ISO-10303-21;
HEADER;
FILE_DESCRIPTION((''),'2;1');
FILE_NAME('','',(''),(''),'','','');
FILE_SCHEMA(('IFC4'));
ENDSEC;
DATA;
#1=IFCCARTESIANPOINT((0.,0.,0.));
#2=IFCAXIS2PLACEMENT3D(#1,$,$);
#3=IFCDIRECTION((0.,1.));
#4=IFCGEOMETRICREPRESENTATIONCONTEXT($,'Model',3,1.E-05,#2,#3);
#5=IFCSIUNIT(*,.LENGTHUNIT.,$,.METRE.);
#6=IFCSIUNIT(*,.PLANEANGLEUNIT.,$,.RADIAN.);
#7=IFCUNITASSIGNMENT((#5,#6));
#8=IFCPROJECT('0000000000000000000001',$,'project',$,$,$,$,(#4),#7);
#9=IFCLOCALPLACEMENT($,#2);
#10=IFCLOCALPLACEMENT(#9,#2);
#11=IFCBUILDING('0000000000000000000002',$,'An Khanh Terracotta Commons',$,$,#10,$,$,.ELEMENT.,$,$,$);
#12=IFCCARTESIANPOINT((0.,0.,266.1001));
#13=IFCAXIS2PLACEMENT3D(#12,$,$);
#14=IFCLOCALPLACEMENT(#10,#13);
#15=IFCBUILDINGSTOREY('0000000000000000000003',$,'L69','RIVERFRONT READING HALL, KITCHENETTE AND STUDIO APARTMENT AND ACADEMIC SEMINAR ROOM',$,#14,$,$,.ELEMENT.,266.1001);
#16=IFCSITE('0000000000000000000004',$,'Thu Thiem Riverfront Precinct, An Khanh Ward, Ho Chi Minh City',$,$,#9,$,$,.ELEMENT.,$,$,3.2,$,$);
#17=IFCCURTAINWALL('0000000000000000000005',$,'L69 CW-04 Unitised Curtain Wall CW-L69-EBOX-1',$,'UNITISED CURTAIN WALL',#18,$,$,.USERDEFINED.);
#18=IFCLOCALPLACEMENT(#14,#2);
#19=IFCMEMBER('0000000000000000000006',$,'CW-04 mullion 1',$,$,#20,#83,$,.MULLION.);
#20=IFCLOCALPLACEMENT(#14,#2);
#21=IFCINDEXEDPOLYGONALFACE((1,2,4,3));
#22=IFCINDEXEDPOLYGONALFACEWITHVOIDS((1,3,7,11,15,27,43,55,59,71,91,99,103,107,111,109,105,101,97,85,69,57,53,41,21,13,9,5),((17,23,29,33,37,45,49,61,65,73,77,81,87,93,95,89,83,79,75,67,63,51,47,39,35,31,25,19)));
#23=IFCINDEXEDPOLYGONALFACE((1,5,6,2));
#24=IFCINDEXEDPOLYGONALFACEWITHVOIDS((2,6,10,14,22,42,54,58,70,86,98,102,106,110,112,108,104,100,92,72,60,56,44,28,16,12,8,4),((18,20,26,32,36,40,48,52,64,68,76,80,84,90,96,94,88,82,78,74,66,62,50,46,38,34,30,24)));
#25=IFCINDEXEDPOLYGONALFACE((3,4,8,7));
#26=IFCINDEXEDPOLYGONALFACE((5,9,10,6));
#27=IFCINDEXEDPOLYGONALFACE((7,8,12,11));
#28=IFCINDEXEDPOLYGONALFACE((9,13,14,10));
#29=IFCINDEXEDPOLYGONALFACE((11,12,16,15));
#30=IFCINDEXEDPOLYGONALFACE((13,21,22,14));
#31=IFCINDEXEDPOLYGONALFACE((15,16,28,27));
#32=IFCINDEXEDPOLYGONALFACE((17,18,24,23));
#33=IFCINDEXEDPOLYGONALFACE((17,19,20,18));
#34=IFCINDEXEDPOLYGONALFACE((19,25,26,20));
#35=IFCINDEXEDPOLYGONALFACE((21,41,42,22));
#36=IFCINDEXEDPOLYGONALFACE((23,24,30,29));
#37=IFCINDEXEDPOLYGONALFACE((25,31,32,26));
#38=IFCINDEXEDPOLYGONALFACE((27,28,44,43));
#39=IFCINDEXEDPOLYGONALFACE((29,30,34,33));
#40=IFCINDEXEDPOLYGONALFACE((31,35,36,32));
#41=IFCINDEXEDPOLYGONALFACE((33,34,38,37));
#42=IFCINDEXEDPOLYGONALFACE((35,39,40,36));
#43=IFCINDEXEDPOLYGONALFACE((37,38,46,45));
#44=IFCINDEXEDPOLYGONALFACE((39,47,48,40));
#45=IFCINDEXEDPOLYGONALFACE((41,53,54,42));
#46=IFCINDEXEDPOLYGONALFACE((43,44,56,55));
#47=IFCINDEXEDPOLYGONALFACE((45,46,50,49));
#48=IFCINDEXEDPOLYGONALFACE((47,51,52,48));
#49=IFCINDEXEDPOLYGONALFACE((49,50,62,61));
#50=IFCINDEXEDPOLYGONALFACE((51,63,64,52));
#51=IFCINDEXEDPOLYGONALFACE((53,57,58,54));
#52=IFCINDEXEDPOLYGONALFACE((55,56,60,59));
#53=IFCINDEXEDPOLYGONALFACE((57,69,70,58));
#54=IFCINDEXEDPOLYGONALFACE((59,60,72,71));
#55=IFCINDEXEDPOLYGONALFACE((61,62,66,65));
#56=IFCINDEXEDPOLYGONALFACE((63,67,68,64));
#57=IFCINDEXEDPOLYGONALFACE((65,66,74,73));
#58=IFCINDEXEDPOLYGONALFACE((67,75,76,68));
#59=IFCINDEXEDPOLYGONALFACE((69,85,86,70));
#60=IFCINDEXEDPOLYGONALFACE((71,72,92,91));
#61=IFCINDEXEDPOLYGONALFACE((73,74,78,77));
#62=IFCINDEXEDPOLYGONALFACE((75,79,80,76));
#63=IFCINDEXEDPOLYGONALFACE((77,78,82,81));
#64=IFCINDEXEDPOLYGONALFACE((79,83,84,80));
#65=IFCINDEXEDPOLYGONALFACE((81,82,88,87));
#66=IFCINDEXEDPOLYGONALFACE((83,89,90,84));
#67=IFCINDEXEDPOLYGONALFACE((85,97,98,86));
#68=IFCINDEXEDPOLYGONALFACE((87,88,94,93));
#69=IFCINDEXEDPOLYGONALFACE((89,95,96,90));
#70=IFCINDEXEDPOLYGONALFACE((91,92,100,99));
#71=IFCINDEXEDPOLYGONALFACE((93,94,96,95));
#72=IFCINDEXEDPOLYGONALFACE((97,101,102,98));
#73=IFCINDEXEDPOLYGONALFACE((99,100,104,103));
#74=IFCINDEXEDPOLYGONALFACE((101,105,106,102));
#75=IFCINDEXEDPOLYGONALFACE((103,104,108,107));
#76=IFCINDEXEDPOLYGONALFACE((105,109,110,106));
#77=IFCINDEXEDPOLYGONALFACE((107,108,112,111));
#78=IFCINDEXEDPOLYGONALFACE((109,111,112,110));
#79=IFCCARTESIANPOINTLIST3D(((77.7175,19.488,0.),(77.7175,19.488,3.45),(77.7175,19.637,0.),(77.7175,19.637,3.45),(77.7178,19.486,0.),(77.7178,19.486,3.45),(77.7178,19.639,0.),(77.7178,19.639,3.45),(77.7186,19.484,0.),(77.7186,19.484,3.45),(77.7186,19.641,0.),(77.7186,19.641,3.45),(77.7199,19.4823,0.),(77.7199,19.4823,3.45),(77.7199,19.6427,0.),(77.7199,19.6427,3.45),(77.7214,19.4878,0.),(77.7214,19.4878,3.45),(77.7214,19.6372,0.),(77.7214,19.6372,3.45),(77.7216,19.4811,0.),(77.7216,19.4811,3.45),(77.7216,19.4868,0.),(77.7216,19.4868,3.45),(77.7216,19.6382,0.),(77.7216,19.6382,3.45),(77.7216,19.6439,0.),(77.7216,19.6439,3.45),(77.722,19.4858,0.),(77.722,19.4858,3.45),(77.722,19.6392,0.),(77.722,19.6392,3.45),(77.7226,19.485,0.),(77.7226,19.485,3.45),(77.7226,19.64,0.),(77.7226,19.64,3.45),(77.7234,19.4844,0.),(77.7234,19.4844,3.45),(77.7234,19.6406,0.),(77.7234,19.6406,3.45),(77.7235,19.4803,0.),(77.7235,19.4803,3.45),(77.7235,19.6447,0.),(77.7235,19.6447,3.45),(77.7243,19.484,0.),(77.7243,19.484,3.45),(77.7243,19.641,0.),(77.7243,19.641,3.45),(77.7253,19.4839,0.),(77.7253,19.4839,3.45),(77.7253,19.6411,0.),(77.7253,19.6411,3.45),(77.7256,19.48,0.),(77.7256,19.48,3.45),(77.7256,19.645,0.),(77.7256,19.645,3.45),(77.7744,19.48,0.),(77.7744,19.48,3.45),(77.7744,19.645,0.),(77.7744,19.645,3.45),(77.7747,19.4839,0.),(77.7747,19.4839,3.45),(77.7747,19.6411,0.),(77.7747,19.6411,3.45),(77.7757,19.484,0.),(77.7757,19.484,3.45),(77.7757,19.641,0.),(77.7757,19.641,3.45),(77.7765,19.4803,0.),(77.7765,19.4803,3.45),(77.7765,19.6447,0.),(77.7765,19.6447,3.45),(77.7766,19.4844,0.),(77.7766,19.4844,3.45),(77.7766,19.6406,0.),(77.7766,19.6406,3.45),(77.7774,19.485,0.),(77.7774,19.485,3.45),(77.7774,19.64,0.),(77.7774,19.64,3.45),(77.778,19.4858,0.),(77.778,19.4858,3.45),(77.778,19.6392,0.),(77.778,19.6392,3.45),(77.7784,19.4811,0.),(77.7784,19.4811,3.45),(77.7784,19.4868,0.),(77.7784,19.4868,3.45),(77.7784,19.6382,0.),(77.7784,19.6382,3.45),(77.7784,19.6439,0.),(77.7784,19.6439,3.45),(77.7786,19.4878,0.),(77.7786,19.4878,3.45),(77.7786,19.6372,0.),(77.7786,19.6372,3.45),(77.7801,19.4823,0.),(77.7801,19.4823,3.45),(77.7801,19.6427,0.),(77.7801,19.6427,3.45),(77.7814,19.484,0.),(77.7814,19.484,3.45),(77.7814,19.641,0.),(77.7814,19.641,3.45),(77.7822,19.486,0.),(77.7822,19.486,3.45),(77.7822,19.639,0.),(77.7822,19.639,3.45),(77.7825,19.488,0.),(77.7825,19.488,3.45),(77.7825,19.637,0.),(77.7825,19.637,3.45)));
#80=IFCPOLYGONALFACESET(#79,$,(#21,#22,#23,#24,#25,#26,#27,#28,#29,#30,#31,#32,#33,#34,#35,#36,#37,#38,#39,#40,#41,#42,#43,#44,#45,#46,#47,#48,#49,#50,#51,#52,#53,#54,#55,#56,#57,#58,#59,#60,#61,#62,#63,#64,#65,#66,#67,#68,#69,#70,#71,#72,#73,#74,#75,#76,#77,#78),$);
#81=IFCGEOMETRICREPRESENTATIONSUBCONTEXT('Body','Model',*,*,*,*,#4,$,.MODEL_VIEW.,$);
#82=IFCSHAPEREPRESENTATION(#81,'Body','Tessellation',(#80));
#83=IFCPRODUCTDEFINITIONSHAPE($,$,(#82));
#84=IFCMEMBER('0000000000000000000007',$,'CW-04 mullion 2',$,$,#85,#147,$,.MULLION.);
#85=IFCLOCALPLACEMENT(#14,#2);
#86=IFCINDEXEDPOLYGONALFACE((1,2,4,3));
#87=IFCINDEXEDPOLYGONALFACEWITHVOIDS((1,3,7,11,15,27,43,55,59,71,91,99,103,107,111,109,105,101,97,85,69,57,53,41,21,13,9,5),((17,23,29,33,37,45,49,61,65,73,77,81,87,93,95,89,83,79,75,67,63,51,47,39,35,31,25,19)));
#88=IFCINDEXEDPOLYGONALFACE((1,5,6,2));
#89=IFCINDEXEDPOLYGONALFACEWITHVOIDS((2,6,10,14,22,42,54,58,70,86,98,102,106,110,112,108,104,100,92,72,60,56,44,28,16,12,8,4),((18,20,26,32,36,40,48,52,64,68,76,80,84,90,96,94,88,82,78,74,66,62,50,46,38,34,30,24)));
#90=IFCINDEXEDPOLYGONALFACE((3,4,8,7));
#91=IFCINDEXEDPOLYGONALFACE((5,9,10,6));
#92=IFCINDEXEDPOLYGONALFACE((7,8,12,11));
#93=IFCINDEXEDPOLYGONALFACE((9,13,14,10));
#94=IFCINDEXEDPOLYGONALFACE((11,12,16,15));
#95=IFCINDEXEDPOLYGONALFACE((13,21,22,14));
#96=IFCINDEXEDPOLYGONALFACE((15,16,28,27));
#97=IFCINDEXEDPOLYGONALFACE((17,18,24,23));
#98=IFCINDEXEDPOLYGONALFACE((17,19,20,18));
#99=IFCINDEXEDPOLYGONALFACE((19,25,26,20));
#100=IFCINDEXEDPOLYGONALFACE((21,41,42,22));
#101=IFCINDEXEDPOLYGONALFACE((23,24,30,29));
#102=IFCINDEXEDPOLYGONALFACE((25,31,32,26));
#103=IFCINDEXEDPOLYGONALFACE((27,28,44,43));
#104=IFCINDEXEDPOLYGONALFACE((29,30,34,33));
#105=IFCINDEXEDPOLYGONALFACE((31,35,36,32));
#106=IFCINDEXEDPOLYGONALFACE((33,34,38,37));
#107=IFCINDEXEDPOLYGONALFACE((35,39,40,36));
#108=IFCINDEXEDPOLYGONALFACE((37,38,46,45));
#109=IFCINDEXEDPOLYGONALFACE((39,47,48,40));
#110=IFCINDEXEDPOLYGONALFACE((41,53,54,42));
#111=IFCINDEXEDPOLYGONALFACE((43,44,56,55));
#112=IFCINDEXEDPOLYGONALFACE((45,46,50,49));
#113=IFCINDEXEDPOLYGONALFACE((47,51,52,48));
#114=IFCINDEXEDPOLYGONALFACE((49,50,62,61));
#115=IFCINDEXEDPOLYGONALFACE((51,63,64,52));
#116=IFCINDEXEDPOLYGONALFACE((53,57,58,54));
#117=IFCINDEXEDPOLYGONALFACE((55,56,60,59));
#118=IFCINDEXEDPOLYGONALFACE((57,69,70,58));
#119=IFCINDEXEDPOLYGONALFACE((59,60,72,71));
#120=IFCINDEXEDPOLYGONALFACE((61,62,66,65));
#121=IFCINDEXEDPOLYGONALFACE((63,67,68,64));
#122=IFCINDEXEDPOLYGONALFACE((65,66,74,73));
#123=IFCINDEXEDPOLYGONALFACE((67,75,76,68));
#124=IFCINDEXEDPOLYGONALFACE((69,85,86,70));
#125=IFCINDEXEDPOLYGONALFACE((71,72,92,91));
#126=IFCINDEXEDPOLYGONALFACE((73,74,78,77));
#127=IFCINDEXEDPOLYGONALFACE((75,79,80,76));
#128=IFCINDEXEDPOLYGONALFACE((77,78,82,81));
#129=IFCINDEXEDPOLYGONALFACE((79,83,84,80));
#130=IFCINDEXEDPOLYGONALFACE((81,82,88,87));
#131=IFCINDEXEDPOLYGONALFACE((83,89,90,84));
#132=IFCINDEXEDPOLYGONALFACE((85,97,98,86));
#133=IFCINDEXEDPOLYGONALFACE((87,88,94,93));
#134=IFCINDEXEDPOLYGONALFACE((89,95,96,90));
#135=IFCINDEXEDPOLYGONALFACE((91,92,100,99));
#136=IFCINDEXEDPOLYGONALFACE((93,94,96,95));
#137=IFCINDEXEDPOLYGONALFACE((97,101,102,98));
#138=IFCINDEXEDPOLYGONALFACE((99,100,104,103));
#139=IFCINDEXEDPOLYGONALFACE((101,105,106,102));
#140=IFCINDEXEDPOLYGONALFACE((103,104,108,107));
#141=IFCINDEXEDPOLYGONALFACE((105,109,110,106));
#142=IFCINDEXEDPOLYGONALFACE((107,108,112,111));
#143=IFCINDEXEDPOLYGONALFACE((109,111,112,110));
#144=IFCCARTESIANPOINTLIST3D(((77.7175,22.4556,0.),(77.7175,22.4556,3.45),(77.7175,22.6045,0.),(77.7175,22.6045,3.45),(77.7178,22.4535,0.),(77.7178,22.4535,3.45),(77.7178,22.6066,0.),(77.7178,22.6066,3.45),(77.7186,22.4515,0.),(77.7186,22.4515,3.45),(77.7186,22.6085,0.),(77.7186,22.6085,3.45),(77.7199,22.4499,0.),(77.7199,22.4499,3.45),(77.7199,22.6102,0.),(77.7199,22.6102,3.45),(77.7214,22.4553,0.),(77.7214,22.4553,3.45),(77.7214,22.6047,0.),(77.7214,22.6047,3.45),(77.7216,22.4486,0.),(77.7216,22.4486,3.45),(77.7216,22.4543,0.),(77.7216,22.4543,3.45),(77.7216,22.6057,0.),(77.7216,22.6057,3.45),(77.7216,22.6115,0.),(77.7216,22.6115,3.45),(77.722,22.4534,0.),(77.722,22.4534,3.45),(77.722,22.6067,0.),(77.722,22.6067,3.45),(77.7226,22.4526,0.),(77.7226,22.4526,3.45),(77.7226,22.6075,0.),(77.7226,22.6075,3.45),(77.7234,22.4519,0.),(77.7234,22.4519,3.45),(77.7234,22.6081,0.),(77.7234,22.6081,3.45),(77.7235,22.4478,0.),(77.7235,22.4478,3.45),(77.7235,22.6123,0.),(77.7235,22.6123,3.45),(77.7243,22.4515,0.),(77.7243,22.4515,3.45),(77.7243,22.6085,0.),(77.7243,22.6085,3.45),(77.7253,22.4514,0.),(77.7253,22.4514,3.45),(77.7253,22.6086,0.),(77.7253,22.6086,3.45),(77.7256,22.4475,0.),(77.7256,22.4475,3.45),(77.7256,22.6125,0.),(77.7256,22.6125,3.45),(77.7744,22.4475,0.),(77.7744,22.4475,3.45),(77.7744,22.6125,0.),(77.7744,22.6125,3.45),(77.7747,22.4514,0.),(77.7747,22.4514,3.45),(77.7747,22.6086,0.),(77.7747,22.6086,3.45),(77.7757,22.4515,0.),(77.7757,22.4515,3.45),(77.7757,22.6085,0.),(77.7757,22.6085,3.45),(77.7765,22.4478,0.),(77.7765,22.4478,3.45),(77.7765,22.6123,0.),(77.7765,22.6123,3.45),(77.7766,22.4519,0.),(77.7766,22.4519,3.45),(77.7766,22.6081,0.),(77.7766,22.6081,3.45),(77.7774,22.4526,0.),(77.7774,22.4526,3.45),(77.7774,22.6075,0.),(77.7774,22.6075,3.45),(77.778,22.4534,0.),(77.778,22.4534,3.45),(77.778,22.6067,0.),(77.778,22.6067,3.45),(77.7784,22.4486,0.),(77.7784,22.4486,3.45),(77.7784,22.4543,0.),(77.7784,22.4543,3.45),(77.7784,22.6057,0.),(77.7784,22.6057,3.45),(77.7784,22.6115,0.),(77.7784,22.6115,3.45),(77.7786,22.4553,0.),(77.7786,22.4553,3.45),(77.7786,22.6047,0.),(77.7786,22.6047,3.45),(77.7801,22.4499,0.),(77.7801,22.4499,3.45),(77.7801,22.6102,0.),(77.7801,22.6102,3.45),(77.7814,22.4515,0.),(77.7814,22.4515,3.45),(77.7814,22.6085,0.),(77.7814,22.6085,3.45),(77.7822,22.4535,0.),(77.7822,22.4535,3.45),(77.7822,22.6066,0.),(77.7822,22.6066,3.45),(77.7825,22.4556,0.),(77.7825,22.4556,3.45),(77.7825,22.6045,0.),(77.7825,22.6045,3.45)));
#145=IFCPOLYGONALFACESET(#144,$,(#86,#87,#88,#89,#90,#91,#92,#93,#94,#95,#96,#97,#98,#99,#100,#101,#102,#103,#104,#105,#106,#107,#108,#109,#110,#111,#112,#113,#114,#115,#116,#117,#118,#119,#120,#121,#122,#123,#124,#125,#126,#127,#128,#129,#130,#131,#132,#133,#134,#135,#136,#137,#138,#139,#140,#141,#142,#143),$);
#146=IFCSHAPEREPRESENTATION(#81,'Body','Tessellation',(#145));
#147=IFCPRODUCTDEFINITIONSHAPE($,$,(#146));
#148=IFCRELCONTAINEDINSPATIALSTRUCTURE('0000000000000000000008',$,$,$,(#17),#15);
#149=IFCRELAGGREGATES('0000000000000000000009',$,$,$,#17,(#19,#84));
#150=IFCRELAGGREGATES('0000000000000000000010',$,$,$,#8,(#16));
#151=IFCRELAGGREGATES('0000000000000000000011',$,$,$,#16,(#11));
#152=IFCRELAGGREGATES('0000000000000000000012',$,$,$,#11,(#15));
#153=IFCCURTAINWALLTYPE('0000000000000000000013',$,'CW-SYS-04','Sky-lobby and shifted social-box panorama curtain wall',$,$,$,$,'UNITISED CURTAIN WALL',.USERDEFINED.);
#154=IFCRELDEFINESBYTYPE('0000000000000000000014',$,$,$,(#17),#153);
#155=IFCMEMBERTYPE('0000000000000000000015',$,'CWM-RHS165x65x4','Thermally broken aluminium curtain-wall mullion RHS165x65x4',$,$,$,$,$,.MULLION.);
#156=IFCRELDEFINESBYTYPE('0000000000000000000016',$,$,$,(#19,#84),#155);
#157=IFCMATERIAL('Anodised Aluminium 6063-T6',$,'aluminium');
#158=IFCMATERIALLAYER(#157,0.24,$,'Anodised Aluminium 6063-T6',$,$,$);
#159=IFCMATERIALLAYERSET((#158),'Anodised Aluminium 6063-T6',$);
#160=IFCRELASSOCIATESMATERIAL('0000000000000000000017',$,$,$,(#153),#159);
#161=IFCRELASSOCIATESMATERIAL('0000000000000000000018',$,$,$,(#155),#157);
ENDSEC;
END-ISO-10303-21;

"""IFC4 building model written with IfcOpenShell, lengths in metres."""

from ifc_helpers import new_model, si_unit, direction, frame, origin, origin_2d, place, context, subcontext, project, spatial, hollow_rectangle, extrude, material, layer, layer_set, material_profile, profile_set, type_object, element, aggregate, save


model = new_model("IFC4")

# Units and contexts
model_context = context("Model", 3, precision=1e-05, world=origin(), true_north=direction((0.0, 1.0)))
body_context = subcontext(model_context, "Body", "Model", "MODEL_VIEW")
ifc_project = project(units=[si_unit("LENGTHUNIT", "METRE"), si_unit("PLANEANGLEUNIT", "RADIAN")], contexts=[model_context])

# Site, building, storey
site_placement = place(None, origin())
site = spatial("IfcSite", under=ifc_project, at=site_placement, Name="Thu Thiem Riverfront Precinct, An Khanh Ward, Ho Chi Minh City", CompositionType="ELEMENT", RefElevation=3.2)
building_placement = place(site_placement, origin())
building = spatial("IfcBuilding", under=site, at=building_placement, Name="An Khanh Terracotta Commons", CompositionType="ELEMENT")
storey_placement = place(building_placement, frame((0.0, 0.0, 266.1001)))
storey = spatial("IfcBuildingStorey", under=building, at=storey_placement, Name="L69", Description="RIVERFRONT READING HALL, KITCHENETTE AND STUDIO APARTMENT AND ACADEMIC SEMINAR ROOM", CompositionType="ELEMENT", Elevation=266.1001)

# Curtain wall, members
ifc_material_1 = material(Name="Anodised Aluminium 6063-T6", Category="aluminium")
ifc_layer_1 = layer(ifc_material_1, 0.24, Name="Anodised Aluminium 6063-T6")
ifc_layer_set_1 = layer_set([ifc_layer_1], Name="Anodised Aluminium 6063-T6")
curtain_wall_type_1 = type_object("IfcCurtainWallType", Name="CW-SYS-04", Description="Sky-lobby and shifted social-box panorama curtain wall", ElementType="UNITISED CURTAIN WALL", PredefinedType="USERDEFINED", material=ifc_layer_set_1)
curtain_wall_1_placement = place(storey_placement, origin())
curtain_wall_1 = element("IfcCurtainWall", 1, at=curtain_wall_1_placement, inside=storey, type_object=curtain_wall_type_1, Name="L69 CW-04 Unitised Curtain Wall CW-L69-EBOX-1", ObjectType="UNITISED CURTAIN WALL", PredefinedType="USERDEFINED")
ifc_material_profile_1 = material_profile(ifc_material_1, hollow_rectangle(XDim=0.0649, YDim=0.165, WallThickness=0.0039, InnerFilletRadius=0.0039, OuterFilletRadius=0.0081, at=origin_2d()), Name="RHS165x65x4")
ifc_profile_set_1 = profile_set([ifc_material_profile_1], Name="Anodised Aluminium 6063-T6")
member_type_1 = type_object("IfcMemberType", Name="CWM-RHS165x65x4", Description="Thermally broken aluminium curtain-wall mullion RHS165x65x4", PredefinedType="MULLION", material=ifc_profile_set_1)
member_1_placement = place(storey_placement, frame((77.75, 19.5625, 0.0), z_axis=(0.0, 0.0, 1.0), x_axis=(-1.0, 0.0, 0.0)))
member_1 = element("IfcMember", 2, at=member_1_placement, type_object=member_type_1, Name="CW-04 mullion 1", PredefinedType="MULLION", context=body_context, shape_type="SweptSolid", body=[
    extrude(hollow_rectangle(XDim=0.0649, YDim=0.165, WallThickness=0.0039, InnerFilletRadius=0.0039, OuterFilletRadius=0.0081, at=origin_2d()), origin(), (0.0, 0.0, 1.0), 3.45),
])
member_2_placement = place(storey_placement, frame((77.75, 22.53, 0.0), z_axis=(0.0, 0.0, 1.0), x_axis=(-1.0, 0.0, 0.0)))
member_2 = element("IfcMember", 3, at=member_2_placement, type_object=member_type_1, Name="CW-04 mullion 2", PredefinedType="MULLION", context=body_context, shape_type="SweptSolid", body=[
    extrude(hollow_rectangle(XDim=0.0649, YDim=0.165, WallThickness=0.0039, InnerFilletRadius=0.0039, OuterFilletRadius=0.0081, at=origin_2d()), origin(), (0.0, 0.0, 1.0), 3.45),
])

aggregate(curtain_wall_1, [member_1, member_2])

save(model, "model.ifc")
